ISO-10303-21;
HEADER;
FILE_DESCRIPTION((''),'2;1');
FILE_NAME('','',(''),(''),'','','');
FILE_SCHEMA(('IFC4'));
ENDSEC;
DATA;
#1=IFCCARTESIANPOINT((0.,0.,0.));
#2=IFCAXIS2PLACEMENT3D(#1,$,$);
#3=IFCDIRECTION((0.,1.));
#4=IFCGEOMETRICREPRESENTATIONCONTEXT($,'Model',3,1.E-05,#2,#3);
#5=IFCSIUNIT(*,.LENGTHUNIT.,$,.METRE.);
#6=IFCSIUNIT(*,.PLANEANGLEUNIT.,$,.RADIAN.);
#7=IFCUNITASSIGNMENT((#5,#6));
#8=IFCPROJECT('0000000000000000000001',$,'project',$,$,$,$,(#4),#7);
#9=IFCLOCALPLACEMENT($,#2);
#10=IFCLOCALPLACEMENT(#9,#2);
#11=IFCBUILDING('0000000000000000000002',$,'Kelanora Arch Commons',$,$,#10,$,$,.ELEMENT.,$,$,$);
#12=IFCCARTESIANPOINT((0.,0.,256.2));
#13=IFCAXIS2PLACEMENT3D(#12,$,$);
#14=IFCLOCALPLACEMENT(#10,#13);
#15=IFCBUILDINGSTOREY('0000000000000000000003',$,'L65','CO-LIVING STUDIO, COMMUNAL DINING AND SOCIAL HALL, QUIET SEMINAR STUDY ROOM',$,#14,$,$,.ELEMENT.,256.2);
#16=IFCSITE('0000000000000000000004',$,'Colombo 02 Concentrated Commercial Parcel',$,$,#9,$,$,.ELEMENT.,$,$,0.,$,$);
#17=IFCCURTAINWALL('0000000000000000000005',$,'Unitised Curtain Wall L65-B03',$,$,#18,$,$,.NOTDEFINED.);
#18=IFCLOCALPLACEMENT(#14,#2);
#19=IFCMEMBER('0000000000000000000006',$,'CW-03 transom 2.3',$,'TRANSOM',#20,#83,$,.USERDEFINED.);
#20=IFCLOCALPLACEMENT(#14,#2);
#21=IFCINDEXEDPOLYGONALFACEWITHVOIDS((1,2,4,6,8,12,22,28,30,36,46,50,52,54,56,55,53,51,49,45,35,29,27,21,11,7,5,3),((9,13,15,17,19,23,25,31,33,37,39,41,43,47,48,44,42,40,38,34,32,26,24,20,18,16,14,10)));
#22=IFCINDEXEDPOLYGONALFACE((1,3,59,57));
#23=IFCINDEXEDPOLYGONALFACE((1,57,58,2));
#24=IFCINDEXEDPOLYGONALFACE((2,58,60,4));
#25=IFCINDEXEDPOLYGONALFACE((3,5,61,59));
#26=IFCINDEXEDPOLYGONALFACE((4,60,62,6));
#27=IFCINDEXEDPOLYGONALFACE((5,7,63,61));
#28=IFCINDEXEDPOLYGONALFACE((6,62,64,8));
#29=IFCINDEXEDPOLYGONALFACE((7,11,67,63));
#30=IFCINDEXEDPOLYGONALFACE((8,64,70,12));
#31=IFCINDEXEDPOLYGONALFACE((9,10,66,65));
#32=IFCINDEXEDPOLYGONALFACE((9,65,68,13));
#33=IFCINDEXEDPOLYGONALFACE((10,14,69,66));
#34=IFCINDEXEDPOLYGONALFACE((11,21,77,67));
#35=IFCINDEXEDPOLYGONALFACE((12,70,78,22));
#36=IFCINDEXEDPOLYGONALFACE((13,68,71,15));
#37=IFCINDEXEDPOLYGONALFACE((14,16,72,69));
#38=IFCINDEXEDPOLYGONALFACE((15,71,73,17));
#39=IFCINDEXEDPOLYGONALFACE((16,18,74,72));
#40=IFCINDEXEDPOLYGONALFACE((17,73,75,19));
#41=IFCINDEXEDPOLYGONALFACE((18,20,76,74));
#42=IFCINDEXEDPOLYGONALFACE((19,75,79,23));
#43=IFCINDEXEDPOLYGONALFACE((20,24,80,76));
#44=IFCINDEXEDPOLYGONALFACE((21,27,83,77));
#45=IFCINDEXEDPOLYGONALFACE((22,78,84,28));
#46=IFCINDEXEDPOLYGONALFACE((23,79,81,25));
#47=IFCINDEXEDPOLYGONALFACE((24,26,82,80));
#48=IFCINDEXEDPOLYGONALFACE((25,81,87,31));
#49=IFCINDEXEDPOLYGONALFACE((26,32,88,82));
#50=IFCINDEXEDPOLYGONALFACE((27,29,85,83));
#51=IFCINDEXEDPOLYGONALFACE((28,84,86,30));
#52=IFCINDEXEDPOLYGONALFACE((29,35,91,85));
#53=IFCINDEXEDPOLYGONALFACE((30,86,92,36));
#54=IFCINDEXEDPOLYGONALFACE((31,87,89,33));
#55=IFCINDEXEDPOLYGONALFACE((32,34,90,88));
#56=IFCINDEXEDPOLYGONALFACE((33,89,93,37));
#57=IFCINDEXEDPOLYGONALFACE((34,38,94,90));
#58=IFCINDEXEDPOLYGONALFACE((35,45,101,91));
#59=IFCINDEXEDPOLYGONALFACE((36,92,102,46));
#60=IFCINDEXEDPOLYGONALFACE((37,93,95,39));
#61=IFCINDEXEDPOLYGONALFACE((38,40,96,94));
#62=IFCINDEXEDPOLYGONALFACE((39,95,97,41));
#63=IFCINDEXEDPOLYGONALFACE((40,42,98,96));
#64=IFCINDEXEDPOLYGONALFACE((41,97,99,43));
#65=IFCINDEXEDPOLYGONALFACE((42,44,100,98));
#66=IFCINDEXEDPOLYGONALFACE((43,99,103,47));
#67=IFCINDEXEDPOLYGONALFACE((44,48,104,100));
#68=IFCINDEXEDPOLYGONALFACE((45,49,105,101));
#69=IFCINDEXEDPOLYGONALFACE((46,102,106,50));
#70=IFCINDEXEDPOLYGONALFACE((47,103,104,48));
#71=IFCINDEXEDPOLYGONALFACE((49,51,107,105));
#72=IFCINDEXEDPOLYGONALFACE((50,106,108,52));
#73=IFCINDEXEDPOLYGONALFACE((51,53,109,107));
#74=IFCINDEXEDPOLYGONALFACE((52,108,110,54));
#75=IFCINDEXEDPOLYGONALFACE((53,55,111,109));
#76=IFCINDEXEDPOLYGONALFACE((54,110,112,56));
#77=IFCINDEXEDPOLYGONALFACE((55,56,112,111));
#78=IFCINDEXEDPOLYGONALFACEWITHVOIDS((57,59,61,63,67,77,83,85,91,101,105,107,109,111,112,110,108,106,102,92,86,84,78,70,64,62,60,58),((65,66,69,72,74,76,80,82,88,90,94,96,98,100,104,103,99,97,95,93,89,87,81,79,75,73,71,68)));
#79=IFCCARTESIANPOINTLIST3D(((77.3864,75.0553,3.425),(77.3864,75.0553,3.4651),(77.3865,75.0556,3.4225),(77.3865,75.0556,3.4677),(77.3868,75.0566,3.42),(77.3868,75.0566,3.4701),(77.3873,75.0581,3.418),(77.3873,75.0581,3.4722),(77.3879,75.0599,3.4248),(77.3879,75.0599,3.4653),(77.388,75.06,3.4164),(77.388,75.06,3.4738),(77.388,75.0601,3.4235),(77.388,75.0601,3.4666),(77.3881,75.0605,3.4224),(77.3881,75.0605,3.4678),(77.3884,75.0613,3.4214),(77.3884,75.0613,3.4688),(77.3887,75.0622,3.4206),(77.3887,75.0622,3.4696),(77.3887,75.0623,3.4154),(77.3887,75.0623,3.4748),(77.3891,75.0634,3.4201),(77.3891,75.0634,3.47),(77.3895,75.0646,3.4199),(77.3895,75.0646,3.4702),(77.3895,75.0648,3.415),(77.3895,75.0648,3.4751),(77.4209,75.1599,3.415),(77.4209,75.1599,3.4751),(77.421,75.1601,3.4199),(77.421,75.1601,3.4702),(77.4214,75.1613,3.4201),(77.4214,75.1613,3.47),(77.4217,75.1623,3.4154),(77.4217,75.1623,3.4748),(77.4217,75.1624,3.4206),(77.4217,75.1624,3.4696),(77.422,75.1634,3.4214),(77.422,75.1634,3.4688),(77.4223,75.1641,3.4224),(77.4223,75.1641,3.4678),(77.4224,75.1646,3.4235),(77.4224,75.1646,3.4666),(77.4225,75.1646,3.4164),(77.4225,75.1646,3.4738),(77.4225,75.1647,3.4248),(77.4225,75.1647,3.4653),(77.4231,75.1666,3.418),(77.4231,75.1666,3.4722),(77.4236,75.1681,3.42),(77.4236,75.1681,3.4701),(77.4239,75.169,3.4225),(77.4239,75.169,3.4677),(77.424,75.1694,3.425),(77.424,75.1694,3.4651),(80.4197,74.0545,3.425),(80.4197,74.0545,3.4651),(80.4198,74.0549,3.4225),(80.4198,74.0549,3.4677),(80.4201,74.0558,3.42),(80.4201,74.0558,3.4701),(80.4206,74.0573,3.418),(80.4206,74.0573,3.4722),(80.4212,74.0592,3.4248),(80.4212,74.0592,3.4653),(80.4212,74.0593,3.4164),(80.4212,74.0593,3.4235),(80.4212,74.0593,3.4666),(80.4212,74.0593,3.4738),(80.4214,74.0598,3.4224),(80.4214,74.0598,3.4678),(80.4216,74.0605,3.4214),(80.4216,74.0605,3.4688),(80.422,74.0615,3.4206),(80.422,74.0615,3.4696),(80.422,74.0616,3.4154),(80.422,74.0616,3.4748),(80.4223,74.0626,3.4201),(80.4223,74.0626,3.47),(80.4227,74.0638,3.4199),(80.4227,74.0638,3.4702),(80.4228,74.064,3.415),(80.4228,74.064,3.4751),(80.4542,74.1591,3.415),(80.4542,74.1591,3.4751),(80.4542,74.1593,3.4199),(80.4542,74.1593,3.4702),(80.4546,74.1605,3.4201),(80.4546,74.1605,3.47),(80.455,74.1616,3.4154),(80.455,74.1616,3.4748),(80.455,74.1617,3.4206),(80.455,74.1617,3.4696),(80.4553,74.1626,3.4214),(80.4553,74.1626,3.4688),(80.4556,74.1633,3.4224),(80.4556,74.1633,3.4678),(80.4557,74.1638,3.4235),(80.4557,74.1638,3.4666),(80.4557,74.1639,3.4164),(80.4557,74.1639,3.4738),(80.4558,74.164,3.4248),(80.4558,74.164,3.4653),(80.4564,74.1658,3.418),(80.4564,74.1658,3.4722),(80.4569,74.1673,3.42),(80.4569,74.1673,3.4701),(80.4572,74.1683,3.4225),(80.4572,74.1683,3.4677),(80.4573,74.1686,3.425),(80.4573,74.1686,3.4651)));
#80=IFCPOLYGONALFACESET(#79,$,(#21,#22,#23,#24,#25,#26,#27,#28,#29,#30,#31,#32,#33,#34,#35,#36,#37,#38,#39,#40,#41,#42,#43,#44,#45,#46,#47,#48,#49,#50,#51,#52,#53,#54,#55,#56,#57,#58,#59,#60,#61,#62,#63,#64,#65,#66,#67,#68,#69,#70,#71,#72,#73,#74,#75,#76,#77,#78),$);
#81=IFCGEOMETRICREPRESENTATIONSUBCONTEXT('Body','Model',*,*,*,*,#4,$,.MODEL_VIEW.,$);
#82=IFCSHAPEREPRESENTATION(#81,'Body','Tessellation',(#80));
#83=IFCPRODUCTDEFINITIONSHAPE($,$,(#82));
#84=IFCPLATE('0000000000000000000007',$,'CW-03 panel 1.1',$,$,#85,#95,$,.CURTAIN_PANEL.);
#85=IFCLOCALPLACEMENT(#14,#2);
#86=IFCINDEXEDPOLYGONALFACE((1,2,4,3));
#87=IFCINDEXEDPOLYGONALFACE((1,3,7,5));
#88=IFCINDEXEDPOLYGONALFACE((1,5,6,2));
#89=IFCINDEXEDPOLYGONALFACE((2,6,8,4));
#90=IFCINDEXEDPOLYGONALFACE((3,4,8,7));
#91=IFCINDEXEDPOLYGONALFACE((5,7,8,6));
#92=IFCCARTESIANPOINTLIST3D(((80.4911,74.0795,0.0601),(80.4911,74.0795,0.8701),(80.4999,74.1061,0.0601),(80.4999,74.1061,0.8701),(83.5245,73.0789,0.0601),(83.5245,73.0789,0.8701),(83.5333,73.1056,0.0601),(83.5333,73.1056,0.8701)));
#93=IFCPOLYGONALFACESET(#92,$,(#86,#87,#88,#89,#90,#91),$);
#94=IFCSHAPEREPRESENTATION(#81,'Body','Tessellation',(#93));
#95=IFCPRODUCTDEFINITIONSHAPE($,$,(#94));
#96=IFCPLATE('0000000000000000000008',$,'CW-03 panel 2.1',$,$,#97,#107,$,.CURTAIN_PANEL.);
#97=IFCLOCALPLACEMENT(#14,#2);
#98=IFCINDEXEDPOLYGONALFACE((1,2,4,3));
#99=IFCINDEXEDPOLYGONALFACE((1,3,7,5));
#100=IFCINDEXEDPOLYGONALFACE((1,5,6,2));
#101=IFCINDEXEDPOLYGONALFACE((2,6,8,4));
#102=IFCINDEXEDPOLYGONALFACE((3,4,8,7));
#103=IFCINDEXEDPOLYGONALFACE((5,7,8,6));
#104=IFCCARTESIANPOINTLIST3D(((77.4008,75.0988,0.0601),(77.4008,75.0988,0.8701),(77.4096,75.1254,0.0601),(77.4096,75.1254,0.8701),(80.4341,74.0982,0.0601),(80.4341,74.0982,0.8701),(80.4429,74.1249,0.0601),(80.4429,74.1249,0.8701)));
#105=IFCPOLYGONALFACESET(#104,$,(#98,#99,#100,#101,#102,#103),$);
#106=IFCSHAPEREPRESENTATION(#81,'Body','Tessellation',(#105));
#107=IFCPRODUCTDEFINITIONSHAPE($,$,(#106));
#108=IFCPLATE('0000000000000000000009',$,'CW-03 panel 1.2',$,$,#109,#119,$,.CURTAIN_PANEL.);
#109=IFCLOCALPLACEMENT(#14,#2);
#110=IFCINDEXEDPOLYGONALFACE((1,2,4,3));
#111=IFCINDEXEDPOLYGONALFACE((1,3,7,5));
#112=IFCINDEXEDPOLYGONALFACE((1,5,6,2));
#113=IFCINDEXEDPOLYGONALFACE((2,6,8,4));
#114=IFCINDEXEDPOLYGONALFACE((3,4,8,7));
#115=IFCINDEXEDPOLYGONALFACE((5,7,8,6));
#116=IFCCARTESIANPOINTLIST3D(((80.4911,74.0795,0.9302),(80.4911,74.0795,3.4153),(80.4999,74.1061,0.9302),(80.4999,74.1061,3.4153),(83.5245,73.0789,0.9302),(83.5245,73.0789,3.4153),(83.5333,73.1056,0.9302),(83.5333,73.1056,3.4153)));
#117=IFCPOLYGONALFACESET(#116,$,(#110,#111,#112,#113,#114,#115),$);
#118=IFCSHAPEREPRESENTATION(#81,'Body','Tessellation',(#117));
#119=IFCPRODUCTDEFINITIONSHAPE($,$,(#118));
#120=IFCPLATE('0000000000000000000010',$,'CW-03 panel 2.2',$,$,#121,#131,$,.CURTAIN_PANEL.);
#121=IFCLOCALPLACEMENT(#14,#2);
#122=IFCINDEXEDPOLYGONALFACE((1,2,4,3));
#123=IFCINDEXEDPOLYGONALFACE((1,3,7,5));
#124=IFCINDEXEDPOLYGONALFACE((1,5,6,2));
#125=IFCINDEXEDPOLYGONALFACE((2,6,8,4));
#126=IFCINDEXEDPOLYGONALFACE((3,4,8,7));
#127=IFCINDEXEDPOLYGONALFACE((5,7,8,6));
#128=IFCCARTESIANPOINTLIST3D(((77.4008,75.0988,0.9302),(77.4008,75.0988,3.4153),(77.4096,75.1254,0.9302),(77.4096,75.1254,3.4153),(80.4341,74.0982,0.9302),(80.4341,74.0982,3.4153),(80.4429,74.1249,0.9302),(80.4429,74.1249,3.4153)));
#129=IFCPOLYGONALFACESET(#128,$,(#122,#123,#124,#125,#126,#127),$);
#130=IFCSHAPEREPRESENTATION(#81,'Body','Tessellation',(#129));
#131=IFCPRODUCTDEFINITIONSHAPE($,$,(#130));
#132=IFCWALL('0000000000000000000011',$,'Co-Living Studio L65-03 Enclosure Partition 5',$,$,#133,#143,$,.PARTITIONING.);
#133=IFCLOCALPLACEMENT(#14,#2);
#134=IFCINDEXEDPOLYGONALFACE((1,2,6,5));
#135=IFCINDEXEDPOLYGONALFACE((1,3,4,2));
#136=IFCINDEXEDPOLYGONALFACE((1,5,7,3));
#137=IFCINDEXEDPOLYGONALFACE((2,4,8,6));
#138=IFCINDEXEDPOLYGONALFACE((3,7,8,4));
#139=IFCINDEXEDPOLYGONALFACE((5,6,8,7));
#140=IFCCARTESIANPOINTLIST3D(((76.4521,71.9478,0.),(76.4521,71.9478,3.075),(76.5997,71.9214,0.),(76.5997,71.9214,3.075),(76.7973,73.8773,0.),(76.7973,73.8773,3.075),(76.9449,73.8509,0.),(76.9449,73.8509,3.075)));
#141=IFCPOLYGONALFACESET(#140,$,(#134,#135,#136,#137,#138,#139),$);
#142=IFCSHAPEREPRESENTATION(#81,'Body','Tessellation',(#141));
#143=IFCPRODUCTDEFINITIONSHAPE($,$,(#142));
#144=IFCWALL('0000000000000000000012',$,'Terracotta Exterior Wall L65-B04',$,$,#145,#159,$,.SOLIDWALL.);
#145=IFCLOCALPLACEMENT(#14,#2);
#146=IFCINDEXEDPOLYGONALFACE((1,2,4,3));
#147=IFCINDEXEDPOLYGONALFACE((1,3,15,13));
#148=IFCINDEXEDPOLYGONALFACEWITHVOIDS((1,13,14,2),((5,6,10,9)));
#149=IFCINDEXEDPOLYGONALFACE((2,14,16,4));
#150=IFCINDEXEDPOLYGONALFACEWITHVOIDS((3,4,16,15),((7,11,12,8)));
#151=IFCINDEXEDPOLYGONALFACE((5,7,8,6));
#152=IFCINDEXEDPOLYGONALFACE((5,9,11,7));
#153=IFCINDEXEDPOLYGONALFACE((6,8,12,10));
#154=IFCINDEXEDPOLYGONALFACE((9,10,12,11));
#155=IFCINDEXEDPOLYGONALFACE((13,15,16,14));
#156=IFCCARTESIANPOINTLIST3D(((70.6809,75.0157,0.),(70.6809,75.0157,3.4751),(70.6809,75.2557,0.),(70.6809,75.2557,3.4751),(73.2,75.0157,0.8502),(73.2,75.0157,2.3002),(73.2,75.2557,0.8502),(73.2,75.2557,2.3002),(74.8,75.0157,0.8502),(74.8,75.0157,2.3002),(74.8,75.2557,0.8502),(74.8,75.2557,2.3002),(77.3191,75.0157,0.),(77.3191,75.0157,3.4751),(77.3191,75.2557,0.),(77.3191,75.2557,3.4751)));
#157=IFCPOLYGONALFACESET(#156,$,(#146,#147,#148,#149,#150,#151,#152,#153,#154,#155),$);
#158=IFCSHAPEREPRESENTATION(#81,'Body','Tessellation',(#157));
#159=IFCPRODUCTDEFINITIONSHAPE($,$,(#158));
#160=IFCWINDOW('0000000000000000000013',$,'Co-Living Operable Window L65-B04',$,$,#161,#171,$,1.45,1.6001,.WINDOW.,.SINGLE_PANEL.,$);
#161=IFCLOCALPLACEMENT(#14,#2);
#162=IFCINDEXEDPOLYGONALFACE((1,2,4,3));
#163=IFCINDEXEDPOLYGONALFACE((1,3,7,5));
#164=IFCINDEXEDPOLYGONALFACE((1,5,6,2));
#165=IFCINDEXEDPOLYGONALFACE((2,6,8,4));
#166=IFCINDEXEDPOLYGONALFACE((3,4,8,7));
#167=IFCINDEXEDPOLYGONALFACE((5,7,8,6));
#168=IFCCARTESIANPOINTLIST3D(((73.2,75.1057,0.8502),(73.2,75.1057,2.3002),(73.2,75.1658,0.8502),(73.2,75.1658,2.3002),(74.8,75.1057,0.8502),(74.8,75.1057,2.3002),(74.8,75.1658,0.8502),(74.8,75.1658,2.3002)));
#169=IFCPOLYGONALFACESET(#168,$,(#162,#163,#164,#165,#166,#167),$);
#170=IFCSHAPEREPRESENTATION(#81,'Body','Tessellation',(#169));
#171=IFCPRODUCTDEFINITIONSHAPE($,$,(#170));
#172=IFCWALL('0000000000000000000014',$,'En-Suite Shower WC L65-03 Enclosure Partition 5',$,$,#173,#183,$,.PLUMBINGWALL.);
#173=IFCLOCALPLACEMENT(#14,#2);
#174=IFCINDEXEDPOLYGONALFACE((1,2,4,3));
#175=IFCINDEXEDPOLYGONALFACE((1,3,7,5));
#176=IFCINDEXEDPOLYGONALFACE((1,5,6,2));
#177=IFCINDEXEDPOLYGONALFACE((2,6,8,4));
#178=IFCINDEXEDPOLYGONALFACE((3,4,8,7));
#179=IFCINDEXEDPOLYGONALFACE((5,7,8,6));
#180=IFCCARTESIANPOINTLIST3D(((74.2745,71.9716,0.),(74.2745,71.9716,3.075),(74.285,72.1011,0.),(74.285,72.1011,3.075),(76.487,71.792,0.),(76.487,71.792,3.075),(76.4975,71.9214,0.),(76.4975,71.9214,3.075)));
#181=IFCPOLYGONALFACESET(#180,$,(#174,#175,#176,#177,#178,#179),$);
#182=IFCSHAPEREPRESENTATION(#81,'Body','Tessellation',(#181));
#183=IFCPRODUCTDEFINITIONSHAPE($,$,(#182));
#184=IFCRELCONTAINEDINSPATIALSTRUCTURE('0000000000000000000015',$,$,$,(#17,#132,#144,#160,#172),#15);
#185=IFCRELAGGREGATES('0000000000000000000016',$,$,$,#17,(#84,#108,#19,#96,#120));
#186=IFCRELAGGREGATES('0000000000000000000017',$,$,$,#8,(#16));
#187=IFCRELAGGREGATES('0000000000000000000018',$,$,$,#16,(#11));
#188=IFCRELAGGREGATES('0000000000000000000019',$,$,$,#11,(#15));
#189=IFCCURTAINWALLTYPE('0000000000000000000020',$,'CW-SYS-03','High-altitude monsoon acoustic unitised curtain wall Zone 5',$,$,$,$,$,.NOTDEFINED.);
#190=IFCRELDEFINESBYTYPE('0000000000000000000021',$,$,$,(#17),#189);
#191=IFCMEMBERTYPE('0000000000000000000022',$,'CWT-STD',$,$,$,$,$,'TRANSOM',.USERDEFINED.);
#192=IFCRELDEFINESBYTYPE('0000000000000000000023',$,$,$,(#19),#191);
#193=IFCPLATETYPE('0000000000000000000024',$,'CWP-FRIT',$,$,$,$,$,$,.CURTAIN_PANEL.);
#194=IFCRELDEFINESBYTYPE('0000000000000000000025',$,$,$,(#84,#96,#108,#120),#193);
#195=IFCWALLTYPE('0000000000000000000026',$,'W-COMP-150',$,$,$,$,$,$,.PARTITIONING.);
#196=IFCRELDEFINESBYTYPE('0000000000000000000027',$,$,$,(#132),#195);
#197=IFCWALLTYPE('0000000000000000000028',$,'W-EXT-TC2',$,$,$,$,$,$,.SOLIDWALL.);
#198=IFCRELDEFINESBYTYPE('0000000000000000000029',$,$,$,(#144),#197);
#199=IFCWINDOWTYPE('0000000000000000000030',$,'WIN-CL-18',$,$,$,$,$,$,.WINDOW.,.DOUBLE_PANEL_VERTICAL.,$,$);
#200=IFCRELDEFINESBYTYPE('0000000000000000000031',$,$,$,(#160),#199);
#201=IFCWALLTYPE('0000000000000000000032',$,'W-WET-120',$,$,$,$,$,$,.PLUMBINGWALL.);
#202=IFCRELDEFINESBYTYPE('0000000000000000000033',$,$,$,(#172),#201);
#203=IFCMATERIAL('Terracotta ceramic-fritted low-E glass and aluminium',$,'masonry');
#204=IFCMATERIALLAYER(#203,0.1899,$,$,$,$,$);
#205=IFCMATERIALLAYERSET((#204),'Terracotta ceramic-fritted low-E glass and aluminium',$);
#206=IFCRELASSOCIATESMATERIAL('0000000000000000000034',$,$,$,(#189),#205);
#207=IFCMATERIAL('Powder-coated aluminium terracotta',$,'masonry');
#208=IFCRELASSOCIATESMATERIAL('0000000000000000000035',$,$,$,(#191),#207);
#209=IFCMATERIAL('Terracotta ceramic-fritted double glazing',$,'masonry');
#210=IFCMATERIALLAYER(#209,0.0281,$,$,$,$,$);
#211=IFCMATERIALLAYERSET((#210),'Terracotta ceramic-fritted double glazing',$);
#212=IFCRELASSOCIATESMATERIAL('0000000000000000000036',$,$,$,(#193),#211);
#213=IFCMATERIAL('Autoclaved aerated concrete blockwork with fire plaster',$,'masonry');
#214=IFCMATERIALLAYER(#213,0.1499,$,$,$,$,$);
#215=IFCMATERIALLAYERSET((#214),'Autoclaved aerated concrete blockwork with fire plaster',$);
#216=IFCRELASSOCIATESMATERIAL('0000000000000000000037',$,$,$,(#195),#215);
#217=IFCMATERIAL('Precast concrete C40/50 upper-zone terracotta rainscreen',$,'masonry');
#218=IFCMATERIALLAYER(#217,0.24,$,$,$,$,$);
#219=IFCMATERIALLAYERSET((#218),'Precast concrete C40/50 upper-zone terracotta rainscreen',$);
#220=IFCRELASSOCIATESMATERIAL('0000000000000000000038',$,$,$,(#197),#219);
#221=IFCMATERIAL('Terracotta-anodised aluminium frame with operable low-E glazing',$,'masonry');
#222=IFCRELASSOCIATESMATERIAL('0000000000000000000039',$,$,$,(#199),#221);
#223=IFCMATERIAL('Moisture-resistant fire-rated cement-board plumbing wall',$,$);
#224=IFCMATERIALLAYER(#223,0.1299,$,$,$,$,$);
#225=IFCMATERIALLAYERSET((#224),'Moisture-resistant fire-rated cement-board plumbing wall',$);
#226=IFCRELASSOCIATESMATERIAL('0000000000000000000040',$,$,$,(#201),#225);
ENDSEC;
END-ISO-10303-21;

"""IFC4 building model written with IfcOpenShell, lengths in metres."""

from ifc_helpers import new_model, si_unit, direction, frame, frame_2d, origin, origin_2d, place, context, subcontext, project, spatial, rectangle, hollow_rectangle, extrude, source, transform, mapped, material, layer, layer_set, material_profile, profile_set, type_object, element, fill, aggregate, save


model = new_model("IFC4")

# Units and contexts
model_context = context("Model", 3, precision=1e-05, world=origin(), true_north=direction((0.0, 1.0)))
body_context = subcontext(model_context, "Body", "Model", "MODEL_VIEW")
ifc_project = project(units=[si_unit("LENGTHUNIT", "METRE"), si_unit("PLANEANGLEUNIT", "RADIAN")], contexts=[model_context])

# Site, building, storey
site_placement = place(None, origin())
site = spatial("IfcSite", under=ifc_project, at=site_placement, Name="Colombo 02 Concentrated Commercial Parcel", CompositionType="ELEMENT", RefElevation=0.0)
building_placement = place(site_placement, origin())
building = spatial("IfcBuilding", under=site, at=building_placement, Name="Kelanora Arch Commons", CompositionType="ELEMENT")
storey_placement = place(building_placement, frame((0.0, 0.0, 256.2)))
storey = spatial("IfcBuildingStorey", under=building, at=storey_placement, Name="L65", Description="CO-LIVING STUDIO, COMMUNAL DINING AND SOCIAL HALL, QUIET SEMINAR STUDY ROOM", CompositionType="ELEMENT", Elevation=256.2)

# Curtain wall, member, plates
ifc_material_1 = material(Name="Terracotta ceramic-fritted low-E glass and aluminium", Category="masonry")
ifc_layer_1 = layer(ifc_material_1, 0.1899)
ifc_layer_set_1 = layer_set([ifc_layer_1], Name="Terracotta ceramic-fritted low-E glass and aluminium")
curtain_wall_type = type_object("IfcCurtainWallType", Name="CW-SYS-03", Description="High-altitude monsoon acoustic unitised curtain wall Zone 5", PredefinedType="NOTDEFINED", material=ifc_layer_set_1)
curtain_wall_placement = place(storey_placement, origin())
curtain_wall = element("IfcCurtainWall", 1, at=curtain_wall_placement, inside=storey, type_object=curtain_wall_type, Name="Unitised Curtain Wall L65-B03", PredefinedType="NOTDEFINED")
ifc_material_2 = material(Name="Powder-coated aluminium terracotta", Category="masonry")
ifc_material_profile_1 = material_profile(ifc_material_2, hollow_rectangle(XDim=0.1201, YDim=0.0601, WallThickness=0.0049, InnerFilletRadius=0.0049, OuterFilletRadius=0.01, at=origin_2d()), Name="CWT120x60")
ifc_profile_set_1 = profile_set([ifc_material_profile_1], Name="Powder-coated aluminium terracotta")
member_type_1 = type_object("IfcMemberType", Name="CWT-STD", ElementType="TRANSOM", PredefinedType="USERDEFINED", material=ifc_profile_set_1)
member_1_placement = place(storey_placement, frame((80.4385, 74.1116, 3.4451), z_axis=(-0.94965, 0.313314, 0.0), x_axis=(-0.313314, -0.94965, 0.0)))
member_1 = element("IfcMember", 2, at=member_1_placement, type_object=member_type_1, Name="CW-03 transom 2.3", ObjectType="TRANSOM", PredefinedType="USERDEFINED", context=body_context, shape_type="SweptSolid", body=[
    extrude(hollow_rectangle(XDim=0.1201, YDim=0.0601, WallThickness=0.0049, InnerFilletRadius=0.0049, OuterFilletRadius=0.01, at=origin_2d()), origin(), (0.0, 0.0, 1.0), 3.1941),
])
ifc_material_3 = material(Name="Terracotta ceramic-fritted double glazing", Category="masonry")
ifc_layer_2 = layer(ifc_material_3, 0.0281)
ifc_layer_set_2 = layer_set([ifc_layer_2], Name="Terracotta ceramic-fritted double glazing")
plate_type = type_object("IfcPlateType", Name="CWP-FRIT", PredefinedType="CURTAIN_PANEL", material=ifc_layer_set_2)
shared_shape_1 = source(origin(), body_context, "Body", "SweptSolid", [
    extrude(rectangle(XDim=3.1941, YDim=0.0281, at=origin_2d()), origin(), (0.0, 0.0, 1.0), 0.8101),
])
plate_1_placement = place(storey_placement, frame((82.0122, 73.5925, 0.0601), z_axis=(0.0, 0.0, 1.0), x_axis=(-0.94967, 0.313253, 0.0)))
plate_1 = element("IfcPlate", 3, at=plate_1_placement, type_object=plate_type, Name="CW-03 panel 1.1", PredefinedType="CURTAIN_PANEL", context=body_context, shape_type="MappedRepresentation", body=[
    mapped(shared_shape_1, transform((0.0, 0.0, 0.0), scale=1.0)),
])
plate_2_placement = place(storey_placement, frame((78.9219, 74.6118, 0.0601), z_axis=(0.0, 0.0, 1.0), x_axis=(-0.94967, 0.313253, 0.0)))
plate_2 = element("IfcPlate", 4, at=plate_2_placement, type_object=plate_type, Name="CW-03 panel 2.1", PredefinedType="CURTAIN_PANEL", context=body_context, shape_type="MappedRepresentation", body=[
    mapped(shared_shape_1, transform((0.0, 0.0, 0.0), scale=1.0)),
])
shared_shape_2 = source(origin(), body_context, "Body", "SweptSolid", [
    extrude(rectangle(XDim=3.1941, YDim=0.0281, at=origin_2d()), origin(), (0.0, 0.0, 1.0), 2.4851),
])
plate_3_placement = place(storey_placement, frame((82.0122, 73.5925, 0.9302), z_axis=(0.0, 0.0, 1.0), x_axis=(-0.94967, 0.313253, 0.0)))
plate_3 = element("IfcPlate", 5, at=plate_3_placement, type_object=plate_type, Name="CW-03 panel 1.2", PredefinedType="CURTAIN_PANEL", context=body_context, shape_type="MappedRepresentation", body=[
    mapped(shared_shape_2, transform((0.0, 0.0, 0.0), scale=1.0)),
])
plate_4_placement = place(storey_placement, frame((78.9219, 74.6118, 0.9302), z_axis=(0.0, 0.0, 1.0), x_axis=(-0.94967, 0.313253, 0.0)))
plate_4 = element("IfcPlate", 6, at=plate_4_placement, type_object=plate_type, Name="CW-03 panel 2.2", PredefinedType="CURTAIN_PANEL", context=body_context, shape_type="MappedRepresentation", body=[
    mapped(shared_shape_2, transform((0.0, 0.0, 0.0), scale=1.0)),
])
aggregate(curtain_wall, [plate_1, plate_3, member_1, plate_2, plate_4])

# Wall
ifc_material_4 = material(Name="Autoclaved aerated concrete blockwork with fire plaster", Category="masonry")
ifc_layer_3 = layer(ifc_material_4, 0.1499)
ifc_layer_set_3 = layer_set([ifc_layer_3], Name="Autoclaved aerated concrete blockwork with fire plaster")
wall_type_1 = type_object("IfcWallType", Name="W-COMP-150", PredefinedType="PARTITIONING", material=ifc_layer_set_3)
wall_1_placement = place(storey_placement, frame((76.8711, 73.864, 0.0), z_axis=(0.0, 0.0, 1.0), x_axis=(-0.176101, -0.984372, 0.0)))
element("IfcWall", 7, at=wall_1_placement, inside=storey, type_object=wall_type_1, Name="Co-Living Studio L65-03 Enclosure Partition 5", PredefinedType="PARTITIONING", context=body_context, shape_type="SweptSolid", body=[
    extrude(rectangle(XDim=1.9602, YDim=0.1499, at=frame_2d((0.98, 0.0))), origin(), (0.0, 0.0, 1.0), 3.075),
])

# Wall, opening, window
ifc_material_5 = material(Name="Precast concrete C40/50 upper-zone terracotta rainscreen", Category="masonry")
ifc_layer_4 = layer(ifc_material_5, 0.24)
ifc_layer_set_4 = layer_set([ifc_layer_4], Name="Precast concrete C40/50 upper-zone terracotta rainscreen")
wall_type_2 = type_object("IfcWallType", Name="W-EXT-TC2", PredefinedType="SOLIDWALL", material=ifc_layer_set_4)
wall_2_placement = place(storey_placement, frame((77.3191, 75.1357, 0.0), z_axis=(0.0, 0.0, 1.0), x_axis=(-1.0, 0.0, 0.0)))
wall_2 = element("IfcWall", 8, at=wall_2_placement, inside=storey, type_object=wall_type_2, Name="Terracotta Exterior Wall L65-B04", PredefinedType="SOLIDWALL", context=body_context, shape_type="SweptSolid", body=[
    extrude(rectangle(XDim=6.6382, YDim=0.24, at=frame_2d((3.3191, 0.0))), origin(), (0.0, 0.0, 1.0), 3.4751),
])
opening_placement = place(wall_2_placement, frame((2.519, 0.0, 0.8501)))
opening = element("IfcOpeningElement", 9, at=opening_placement, cuts=wall_2, PredefinedType="OPENING", context=body_context, shape_type="SweptSolid", body=[
    extrude(rectangle(XDim=1.6001, YDim=1.45, at=frame_2d((0.8, 0.7251))), frame((0.0, 0.1299, 0.0), z_axis=(0.0, -1.0, 0.0), x_axis=(1.0, 0.0, 0.0)), (0.0, 0.0, 1.0), 0.26),
])
ifc_material_6 = material(Name="Terracotta-anodised aluminium frame with operable low-E glazing", Category="masonry")
window_type = type_object("IfcWindowType", Name="WIN-CL-18", PartitioningType="DOUBLE_PANEL_VERTICAL", PredefinedType="WINDOW", material=ifc_material_6)
window_placement = place(opening_placement, origin())
window = element("IfcWindow", 10, at=window_placement, inside=storey, type_object=window_type, Name="Co-Living Operable Window L65-B04", OverallHeight=1.45, OverallWidth=1.6001, PartitioningType="SINGLE_PANEL", PredefinedType="WINDOW", context=body_context, shape_type="SweptSolid", body=[
    extrude(rectangle(XDim=1.6001, YDim=1.45, at=frame_2d((0.8, 0.7251))), frame((0.0, 0.03, 0.0), z_axis=(0.0, -1.0, 0.0), x_axis=(1.0, 0.0, 0.0)), (0.0, 0.0, 1.0), 0.0601),
])
fill(opening, window)

# Wall
ifc_material_7 = material(Name="Moisture-resistant fire-rated cement-board plumbing wall")
ifc_layer_5 = layer(ifc_material_7, 0.1299)
ifc_layer_set_5 = layer_set([ifc_layer_5], Name="Moisture-resistant fire-rated cement-board plumbing wall")
wall_type_3 = type_object("IfcWallType", Name="W-WET-120", PredefinedType="PLUMBINGWALL", material=ifc_layer_set_5)
wall_3_placement = place(storey_placement, frame((74.2798, 72.0364, 0.0), z_axis=(0.0, 0.0, 1.0), x_axis=(0.996718, -0.080952, 0.0)))
element("IfcWall", 11, at=wall_3_placement, inside=storey, type_object=wall_type_3, Name="En-Suite Shower WC L65-03 Enclosure Partition 5", PredefinedType="PLUMBINGWALL", context=body_context, shape_type="SweptSolid", body=[
    extrude(rectangle(XDim=2.2197, YDim=0.1299, at=frame_2d((1.1099, 0.0))), origin(), (0.0, 0.0, 1.0), 3.075),
])

save(model, "model.ifc")
